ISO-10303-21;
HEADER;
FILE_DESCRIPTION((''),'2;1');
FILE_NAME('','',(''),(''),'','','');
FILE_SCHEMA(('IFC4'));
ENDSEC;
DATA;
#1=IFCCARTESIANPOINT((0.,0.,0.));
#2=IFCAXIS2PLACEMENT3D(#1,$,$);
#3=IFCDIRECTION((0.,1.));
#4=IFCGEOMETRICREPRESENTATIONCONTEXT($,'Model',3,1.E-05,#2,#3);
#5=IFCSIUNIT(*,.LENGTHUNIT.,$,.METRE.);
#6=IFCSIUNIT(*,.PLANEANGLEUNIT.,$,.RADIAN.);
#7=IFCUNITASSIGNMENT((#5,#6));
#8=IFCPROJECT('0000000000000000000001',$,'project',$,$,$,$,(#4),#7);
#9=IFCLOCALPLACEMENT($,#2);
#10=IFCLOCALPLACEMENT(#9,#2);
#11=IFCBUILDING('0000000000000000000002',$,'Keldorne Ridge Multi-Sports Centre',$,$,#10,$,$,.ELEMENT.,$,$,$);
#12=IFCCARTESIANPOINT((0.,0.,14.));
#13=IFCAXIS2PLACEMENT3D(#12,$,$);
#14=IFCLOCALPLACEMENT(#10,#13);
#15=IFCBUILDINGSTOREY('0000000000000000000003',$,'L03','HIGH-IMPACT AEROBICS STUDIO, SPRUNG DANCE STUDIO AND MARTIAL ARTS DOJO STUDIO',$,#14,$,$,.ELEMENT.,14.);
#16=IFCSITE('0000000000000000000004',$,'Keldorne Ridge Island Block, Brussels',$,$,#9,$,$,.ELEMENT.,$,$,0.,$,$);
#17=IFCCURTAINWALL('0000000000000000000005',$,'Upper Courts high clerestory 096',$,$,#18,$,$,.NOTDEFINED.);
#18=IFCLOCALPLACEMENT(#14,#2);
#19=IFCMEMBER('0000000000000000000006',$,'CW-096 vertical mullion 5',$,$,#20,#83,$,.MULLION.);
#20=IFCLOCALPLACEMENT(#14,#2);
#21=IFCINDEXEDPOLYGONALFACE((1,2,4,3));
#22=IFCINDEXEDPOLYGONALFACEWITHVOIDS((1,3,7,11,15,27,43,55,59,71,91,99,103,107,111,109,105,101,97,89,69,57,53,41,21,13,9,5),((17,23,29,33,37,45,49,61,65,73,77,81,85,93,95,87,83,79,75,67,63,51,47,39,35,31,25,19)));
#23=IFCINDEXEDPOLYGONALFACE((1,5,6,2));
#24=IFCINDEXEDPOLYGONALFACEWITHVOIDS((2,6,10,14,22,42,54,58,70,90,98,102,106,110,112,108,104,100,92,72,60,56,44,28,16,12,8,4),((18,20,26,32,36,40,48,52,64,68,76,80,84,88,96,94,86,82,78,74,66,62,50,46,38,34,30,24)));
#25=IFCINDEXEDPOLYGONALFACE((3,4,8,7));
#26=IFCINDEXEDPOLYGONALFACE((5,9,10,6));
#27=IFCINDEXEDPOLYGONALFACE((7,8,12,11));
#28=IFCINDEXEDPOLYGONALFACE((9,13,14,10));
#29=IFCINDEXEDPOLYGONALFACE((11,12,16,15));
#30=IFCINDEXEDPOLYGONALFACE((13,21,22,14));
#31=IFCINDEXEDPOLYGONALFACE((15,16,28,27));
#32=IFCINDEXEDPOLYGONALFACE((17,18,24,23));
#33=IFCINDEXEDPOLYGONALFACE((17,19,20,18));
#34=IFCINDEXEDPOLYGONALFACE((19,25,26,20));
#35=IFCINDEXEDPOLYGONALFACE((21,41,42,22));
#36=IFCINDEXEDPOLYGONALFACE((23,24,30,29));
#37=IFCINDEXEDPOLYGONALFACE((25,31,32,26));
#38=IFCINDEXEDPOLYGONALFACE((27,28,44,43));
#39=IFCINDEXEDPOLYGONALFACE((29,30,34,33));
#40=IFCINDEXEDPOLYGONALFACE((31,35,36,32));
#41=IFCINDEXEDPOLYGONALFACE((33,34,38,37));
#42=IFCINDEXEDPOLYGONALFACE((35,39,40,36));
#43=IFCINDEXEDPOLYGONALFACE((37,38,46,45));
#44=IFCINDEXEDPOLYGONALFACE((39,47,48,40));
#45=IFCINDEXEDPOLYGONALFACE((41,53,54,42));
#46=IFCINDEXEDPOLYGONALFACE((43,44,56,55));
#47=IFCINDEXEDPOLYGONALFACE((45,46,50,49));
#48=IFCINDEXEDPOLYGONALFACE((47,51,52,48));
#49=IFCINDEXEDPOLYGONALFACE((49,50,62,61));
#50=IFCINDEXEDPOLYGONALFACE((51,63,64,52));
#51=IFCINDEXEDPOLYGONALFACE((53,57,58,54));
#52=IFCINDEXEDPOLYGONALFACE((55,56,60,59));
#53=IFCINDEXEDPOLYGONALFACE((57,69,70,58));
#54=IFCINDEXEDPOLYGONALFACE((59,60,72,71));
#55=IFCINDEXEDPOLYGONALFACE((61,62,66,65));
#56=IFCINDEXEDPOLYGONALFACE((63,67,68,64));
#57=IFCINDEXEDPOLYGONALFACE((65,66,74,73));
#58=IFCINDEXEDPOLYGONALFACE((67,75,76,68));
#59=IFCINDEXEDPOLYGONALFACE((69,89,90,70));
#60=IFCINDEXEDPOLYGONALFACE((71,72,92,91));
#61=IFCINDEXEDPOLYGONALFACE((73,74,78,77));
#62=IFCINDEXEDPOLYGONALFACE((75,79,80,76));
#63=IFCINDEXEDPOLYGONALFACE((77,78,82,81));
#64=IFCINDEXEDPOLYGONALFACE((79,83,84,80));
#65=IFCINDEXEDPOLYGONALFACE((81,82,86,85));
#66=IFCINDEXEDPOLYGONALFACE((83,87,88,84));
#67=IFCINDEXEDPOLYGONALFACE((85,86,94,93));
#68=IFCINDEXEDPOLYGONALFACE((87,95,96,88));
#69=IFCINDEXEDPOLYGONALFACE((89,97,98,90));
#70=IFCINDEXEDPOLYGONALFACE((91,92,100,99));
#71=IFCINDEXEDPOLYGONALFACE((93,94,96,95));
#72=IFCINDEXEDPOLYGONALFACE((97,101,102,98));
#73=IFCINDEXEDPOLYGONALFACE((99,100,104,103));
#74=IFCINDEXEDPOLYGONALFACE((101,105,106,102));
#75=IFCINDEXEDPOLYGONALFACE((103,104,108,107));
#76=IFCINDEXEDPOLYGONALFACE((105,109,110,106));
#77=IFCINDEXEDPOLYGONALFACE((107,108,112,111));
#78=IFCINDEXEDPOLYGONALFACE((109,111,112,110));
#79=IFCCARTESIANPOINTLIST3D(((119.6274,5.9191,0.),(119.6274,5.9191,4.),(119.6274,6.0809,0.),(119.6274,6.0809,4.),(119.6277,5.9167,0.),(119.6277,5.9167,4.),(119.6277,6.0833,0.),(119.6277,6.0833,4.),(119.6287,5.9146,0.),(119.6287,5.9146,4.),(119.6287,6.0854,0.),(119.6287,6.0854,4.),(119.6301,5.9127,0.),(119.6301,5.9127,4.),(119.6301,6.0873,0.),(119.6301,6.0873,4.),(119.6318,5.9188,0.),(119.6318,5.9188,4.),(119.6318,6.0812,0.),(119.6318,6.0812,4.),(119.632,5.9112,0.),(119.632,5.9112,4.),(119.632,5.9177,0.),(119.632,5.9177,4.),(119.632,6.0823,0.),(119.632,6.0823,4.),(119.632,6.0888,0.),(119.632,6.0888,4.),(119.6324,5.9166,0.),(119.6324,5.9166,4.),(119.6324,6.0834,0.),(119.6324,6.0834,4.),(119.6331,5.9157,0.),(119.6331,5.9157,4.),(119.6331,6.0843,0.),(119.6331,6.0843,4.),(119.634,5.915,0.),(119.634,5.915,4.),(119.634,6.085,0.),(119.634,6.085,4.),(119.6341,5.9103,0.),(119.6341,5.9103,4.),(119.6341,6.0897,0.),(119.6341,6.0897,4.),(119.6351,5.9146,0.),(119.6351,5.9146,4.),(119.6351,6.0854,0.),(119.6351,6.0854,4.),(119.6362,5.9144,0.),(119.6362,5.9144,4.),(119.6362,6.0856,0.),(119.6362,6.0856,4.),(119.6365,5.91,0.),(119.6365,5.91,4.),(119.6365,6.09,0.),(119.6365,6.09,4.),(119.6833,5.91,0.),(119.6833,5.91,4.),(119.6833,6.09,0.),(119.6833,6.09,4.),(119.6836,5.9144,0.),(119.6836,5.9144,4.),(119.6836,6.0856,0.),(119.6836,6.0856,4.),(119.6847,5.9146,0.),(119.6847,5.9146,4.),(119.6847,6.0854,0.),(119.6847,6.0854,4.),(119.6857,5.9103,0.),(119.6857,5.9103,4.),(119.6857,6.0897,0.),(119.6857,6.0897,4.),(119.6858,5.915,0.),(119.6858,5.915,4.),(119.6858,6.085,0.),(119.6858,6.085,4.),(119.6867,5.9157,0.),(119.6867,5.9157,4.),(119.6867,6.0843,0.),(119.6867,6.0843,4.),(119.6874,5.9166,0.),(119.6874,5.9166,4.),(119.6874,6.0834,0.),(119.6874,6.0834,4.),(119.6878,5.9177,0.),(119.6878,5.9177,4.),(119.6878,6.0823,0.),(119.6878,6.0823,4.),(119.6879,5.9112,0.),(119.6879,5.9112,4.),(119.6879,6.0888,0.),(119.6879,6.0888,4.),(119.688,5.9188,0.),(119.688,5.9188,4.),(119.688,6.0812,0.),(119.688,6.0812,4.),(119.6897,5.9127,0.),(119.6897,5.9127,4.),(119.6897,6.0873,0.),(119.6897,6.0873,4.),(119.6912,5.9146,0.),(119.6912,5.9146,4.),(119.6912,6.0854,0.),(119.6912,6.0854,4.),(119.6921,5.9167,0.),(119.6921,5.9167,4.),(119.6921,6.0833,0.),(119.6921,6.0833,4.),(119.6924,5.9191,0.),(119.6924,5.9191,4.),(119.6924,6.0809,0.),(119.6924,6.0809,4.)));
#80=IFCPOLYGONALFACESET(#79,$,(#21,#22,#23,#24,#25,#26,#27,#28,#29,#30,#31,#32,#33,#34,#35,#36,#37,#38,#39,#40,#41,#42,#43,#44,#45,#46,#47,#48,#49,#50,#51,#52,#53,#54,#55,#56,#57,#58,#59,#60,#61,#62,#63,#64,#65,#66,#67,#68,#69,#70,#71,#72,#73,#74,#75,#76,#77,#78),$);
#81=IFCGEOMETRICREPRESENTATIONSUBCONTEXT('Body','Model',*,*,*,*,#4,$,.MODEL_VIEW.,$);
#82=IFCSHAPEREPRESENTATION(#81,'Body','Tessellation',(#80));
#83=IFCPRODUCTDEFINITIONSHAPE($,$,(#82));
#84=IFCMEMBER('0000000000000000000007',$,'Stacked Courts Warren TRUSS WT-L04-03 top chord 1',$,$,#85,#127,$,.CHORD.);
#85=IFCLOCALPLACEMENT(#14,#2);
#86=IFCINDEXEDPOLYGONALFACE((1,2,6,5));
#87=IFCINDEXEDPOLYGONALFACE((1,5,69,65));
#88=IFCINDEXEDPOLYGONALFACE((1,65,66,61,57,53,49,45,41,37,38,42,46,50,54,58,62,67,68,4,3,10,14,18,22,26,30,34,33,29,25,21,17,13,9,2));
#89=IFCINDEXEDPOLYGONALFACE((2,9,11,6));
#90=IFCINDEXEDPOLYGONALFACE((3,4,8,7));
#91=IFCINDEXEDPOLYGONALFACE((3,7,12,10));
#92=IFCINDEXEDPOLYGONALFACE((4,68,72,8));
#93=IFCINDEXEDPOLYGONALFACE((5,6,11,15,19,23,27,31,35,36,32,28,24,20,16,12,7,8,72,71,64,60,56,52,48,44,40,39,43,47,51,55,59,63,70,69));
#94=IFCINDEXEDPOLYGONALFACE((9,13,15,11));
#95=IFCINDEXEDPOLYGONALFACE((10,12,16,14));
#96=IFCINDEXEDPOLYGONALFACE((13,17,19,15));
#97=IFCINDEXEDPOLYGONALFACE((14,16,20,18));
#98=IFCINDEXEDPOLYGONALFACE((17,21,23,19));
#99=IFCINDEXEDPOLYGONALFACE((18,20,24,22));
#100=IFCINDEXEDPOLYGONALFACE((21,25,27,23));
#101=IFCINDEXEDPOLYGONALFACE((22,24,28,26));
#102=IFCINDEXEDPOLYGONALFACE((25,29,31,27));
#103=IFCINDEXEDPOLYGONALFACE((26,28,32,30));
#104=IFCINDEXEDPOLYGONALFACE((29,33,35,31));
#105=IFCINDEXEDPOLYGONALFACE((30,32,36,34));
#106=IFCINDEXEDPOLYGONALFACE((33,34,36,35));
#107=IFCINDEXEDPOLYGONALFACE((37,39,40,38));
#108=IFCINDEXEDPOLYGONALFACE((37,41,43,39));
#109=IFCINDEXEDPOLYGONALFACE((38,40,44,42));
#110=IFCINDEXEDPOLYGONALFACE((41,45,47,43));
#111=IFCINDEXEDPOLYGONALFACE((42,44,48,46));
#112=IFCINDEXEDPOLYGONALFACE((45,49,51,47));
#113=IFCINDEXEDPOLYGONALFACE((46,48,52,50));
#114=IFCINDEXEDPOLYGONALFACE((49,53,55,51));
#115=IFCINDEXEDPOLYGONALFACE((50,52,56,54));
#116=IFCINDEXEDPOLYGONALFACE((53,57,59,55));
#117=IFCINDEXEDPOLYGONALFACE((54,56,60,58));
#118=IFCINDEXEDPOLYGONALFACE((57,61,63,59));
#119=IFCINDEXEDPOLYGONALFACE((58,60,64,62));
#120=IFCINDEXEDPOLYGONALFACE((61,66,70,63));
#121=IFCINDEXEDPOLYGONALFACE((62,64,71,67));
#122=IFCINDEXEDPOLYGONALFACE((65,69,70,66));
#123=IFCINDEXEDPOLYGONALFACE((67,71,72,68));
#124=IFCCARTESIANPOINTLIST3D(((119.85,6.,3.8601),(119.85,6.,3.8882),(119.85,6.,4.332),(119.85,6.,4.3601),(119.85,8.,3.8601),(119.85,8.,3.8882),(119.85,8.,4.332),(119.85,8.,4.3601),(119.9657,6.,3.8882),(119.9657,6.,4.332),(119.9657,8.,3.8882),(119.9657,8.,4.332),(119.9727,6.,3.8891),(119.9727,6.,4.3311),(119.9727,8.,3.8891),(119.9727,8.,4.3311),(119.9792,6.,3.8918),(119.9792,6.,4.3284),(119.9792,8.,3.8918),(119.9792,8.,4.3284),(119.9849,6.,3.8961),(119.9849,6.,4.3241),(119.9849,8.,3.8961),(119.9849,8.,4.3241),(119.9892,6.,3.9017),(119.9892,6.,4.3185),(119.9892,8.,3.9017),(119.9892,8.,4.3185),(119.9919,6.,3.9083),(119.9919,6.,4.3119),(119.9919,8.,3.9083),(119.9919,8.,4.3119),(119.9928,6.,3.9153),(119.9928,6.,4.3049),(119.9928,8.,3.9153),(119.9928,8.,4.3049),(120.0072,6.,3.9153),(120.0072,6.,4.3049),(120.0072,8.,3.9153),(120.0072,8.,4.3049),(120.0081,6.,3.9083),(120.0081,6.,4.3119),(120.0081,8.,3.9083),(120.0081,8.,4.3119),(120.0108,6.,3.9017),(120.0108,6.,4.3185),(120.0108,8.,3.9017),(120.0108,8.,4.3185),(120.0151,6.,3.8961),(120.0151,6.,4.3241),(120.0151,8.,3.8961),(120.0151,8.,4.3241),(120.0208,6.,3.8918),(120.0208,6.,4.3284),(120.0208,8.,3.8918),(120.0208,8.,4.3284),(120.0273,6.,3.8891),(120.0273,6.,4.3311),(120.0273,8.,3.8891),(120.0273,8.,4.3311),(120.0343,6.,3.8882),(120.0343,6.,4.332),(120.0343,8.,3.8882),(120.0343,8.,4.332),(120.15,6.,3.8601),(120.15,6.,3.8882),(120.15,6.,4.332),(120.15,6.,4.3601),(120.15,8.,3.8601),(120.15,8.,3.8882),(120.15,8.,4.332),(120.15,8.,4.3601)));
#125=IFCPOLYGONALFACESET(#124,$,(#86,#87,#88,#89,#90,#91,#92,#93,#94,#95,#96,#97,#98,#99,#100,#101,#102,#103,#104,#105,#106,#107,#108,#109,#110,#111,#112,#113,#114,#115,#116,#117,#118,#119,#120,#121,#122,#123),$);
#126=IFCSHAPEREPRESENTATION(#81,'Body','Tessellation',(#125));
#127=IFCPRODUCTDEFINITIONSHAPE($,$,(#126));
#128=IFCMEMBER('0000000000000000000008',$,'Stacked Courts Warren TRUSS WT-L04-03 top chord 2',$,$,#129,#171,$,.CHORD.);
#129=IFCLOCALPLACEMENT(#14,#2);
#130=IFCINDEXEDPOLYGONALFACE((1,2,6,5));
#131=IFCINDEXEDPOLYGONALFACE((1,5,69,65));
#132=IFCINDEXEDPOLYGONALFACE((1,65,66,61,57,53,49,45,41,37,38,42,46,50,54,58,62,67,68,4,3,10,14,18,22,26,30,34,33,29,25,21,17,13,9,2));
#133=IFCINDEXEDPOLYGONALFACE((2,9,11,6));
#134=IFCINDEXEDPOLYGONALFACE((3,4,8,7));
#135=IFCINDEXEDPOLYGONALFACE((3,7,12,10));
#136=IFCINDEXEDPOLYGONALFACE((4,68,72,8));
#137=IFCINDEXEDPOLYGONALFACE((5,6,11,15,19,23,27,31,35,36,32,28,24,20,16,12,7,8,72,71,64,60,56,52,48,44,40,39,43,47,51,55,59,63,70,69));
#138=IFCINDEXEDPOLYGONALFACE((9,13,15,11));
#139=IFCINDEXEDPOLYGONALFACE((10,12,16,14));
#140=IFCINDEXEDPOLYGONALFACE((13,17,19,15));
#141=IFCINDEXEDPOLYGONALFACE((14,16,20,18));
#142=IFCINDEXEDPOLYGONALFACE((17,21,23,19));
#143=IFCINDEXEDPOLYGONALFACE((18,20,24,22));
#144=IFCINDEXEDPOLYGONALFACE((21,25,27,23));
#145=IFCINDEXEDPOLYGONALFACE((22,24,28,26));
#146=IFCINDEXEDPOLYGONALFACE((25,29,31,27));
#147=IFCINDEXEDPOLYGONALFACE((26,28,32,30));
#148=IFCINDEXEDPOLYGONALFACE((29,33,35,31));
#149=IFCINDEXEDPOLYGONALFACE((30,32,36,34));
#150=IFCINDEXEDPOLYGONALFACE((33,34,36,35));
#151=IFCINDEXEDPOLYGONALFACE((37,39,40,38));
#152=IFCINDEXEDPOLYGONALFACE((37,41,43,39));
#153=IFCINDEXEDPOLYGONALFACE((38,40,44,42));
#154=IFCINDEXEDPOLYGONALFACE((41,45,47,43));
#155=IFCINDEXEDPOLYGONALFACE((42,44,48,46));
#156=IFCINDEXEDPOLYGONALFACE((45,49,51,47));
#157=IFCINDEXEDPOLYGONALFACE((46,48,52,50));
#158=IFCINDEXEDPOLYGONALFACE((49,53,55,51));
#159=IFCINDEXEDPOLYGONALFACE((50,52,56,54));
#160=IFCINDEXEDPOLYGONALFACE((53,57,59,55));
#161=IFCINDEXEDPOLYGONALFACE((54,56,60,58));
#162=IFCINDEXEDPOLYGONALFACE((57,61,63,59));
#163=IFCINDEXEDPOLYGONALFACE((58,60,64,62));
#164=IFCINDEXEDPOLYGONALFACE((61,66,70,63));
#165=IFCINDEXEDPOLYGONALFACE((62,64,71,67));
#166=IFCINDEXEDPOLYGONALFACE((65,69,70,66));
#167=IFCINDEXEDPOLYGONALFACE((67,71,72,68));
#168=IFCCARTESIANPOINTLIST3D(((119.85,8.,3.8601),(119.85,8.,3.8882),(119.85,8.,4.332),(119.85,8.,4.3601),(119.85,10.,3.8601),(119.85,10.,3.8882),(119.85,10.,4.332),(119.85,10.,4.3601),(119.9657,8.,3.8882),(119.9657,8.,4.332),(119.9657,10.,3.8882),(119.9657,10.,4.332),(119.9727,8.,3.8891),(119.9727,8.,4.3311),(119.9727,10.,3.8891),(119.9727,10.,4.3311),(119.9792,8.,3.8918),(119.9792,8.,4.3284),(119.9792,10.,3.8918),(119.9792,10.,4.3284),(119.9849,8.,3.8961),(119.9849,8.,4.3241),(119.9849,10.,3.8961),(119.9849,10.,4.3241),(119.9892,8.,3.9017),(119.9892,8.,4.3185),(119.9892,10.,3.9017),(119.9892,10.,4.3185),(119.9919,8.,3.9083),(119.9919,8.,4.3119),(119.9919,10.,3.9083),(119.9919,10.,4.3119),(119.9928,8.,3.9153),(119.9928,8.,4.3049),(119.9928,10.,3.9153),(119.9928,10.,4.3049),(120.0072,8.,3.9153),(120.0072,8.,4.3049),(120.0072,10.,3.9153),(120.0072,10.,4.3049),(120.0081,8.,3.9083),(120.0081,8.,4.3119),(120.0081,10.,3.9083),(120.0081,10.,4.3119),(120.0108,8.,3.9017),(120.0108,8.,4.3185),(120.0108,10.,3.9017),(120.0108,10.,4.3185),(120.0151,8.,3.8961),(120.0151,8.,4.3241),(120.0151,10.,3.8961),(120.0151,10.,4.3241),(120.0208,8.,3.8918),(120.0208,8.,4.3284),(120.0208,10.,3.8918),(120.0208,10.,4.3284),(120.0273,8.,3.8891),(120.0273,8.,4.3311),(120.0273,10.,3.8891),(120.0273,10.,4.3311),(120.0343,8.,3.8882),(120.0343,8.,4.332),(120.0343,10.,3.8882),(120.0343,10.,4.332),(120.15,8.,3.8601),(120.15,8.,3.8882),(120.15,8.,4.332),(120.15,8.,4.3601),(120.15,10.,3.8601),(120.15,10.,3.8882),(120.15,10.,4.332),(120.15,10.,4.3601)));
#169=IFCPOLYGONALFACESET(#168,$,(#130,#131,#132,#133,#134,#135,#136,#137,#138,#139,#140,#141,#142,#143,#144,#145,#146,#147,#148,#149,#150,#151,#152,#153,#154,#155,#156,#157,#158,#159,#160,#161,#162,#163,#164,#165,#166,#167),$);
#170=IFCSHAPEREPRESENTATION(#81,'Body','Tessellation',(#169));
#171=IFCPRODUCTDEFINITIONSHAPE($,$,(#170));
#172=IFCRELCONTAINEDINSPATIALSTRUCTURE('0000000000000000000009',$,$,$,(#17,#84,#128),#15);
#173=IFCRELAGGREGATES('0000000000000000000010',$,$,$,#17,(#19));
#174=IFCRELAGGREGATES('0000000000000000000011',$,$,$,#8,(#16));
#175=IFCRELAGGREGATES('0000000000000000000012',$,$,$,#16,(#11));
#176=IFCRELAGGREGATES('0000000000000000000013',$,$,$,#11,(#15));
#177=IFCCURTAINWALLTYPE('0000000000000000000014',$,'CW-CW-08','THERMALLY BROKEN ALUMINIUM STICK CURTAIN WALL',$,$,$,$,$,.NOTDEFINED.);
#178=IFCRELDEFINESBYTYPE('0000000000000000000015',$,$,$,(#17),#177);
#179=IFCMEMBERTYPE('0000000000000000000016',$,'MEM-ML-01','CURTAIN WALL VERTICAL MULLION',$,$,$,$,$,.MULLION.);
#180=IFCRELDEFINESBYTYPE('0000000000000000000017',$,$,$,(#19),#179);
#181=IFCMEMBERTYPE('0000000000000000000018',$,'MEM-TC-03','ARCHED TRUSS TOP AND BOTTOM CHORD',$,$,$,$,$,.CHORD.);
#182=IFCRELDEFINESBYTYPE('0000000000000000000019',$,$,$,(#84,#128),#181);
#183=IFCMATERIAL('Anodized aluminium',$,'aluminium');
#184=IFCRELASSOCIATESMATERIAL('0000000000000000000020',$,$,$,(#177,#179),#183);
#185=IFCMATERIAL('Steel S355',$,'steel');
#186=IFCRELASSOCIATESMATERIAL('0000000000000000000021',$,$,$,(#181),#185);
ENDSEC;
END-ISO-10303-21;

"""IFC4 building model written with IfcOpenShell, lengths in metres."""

from ifc_helpers import new_model, si_unit, direction, frame, origin, origin_2d, place, context, subcontext, project, spatial, hollow_rectangle, i_section, extrude, material, material_profile, profile_set, type_object, element, aggregate, save


model = new_model("IFC4")

# Units and contexts
model_context = context("Model", 3, precision=1e-05, world=origin(), true_north=direction((0.0, 1.0)))
body_context = subcontext(model_context, "Body", "Model", "MODEL_VIEW")
ifc_project = project(units=[si_unit("LENGTHUNIT", "METRE"), si_unit("PLANEANGLEUNIT", "RADIAN")], contexts=[model_context])

# Site, building, storey
site_placement = place(None, origin())
site = spatial("IfcSite", under=ifc_project, at=site_placement, Name="Keldorne Ridge Island Block, Brussels", CompositionType="ELEMENT", RefElevation=0.0)
building_placement = place(site_placement, origin())
building = spatial("IfcBuilding", under=site, at=building_placement, Name="Keldorne Ridge Multi-Sports Centre", CompositionType="ELEMENT")
storey_placement = place(building_placement, frame((0.0, 0.0, 14.0)))
storey = spatial("IfcBuildingStorey", under=building, at=storey_placement, Name="L03", Description="HIGH-IMPACT AEROBICS STUDIO, SPRUNG DANCE STUDIO AND MARTIAL ARTS DOJO STUDIO", CompositionType="ELEMENT", Elevation=14.0)

# Shared definitions
ifc_material_1 = material(Name="Steel S355", Category="steel")

# Curtain wall, member
ifc_material_2 = material(Name="Anodized aluminium", Category="aluminium")
curtain_wall_type = type_object("IfcCurtainWallType", Name="CW-CW-08", Description="THERMALLY BROKEN ALUMINIUM STICK CURTAIN WALL", PredefinedType="NOTDEFINED", material=ifc_material_2)
curtain_wall_placement = place(storey_placement, origin())
curtain_wall = element("IfcCurtainWall", 1, at=curtain_wall_placement, inside=storey, type_object=curtain_wall_type, Name="Upper Courts high clerestory 096", PredefinedType="NOTDEFINED")
ifc_material_profile_1 = material_profile(ifc_material_2, hollow_rectangle(XDim=0.0649, YDim=0.1799, WallThickness=0.0044, InnerFilletRadius=0.0044, OuterFilletRadius=0.009, at=origin_2d()), Name="ALU MULLION 180x65x4.5")
ifc_profile_set_1 = profile_set([ifc_material_profile_1], Name="Anodized aluminium")
member_type_1 = type_object("IfcMemberType", Name="MEM-ML-01", Description="CURTAIN WALL VERTICAL MULLION", PredefinedType="MULLION", material=ifc_profile_set_1)
member_1_placement = place(storey_placement, frame((119.6599, 6.0, 0.0), z_axis=(0.0, 0.0, 1.0), x_axis=(1.0, 0.0, 0.0)))
member_1 = element("IfcMember", 2, at=member_1_placement, type_object=member_type_1, Name="CW-096 vertical mullion 5", PredefinedType="MULLION", context=body_context, shape_type="SweptSolid", body=[
    extrude(hollow_rectangle(XDim=0.0649, YDim=0.1799, WallThickness=0.0044, InnerFilletRadius=0.0044, OuterFilletRadius=0.009, at=origin_2d()), origin(), (0.0, 0.0, 1.0), 4.0),
])

# Members
ifc_material_profile_2 = material_profile(ifc_material_1, i_section(OverallWidth=0.3, OverallDepth=0.5, WebThickness=0.0144, FlangeThickness=0.0281, FilletRadius=0.0271, at=origin_2d()), Name="HEB 500")
ifc_profile_set_2 = profile_set([ifc_material_profile_2], Name="Steel S355")
member_type_2 = type_object("IfcMemberType", Name="MEM-TC-03", Description="ARCHED TRUSS TOP AND BOTTOM CHORD", PredefinedType="CHORD", material=ifc_profile_set_2)
for number, where, z_axis, x_axis, name in (
    (3, (120.0, 6.0, 4.1101), (0.0, 1.0, 0.0), (-1.0, 0.0, 0.0), "Stacked Courts Warren TRUSS WT-L04-03 top chord 1"),
    (4, (120.0, 8.0, 4.1101), (0.0, 1.0, 0.0), (-1.0, 0.0, 0.0), "Stacked Courts Warren TRUSS WT-L04-03 top chord 2"),
):
    element("IfcMember", number, at=place(storey_placement, frame(where, z_axis=z_axis, x_axis=x_axis)), inside=storey, type_object=member_type_2, Name=name, PredefinedType="CHORD", context=body_context, shape_type="SweptSolid", body=[
        extrude(i_section(OverallWidth=0.3, OverallDepth=0.5, WebThickness=0.0144, FlangeThickness=0.0281, FilletRadius=0.0271, at=origin_2d()), origin(), (0.0, 0.0, 1.0), 2.0),
    ])

aggregate(curtain_wall, [member_1])

save(model, "model.ifc")
